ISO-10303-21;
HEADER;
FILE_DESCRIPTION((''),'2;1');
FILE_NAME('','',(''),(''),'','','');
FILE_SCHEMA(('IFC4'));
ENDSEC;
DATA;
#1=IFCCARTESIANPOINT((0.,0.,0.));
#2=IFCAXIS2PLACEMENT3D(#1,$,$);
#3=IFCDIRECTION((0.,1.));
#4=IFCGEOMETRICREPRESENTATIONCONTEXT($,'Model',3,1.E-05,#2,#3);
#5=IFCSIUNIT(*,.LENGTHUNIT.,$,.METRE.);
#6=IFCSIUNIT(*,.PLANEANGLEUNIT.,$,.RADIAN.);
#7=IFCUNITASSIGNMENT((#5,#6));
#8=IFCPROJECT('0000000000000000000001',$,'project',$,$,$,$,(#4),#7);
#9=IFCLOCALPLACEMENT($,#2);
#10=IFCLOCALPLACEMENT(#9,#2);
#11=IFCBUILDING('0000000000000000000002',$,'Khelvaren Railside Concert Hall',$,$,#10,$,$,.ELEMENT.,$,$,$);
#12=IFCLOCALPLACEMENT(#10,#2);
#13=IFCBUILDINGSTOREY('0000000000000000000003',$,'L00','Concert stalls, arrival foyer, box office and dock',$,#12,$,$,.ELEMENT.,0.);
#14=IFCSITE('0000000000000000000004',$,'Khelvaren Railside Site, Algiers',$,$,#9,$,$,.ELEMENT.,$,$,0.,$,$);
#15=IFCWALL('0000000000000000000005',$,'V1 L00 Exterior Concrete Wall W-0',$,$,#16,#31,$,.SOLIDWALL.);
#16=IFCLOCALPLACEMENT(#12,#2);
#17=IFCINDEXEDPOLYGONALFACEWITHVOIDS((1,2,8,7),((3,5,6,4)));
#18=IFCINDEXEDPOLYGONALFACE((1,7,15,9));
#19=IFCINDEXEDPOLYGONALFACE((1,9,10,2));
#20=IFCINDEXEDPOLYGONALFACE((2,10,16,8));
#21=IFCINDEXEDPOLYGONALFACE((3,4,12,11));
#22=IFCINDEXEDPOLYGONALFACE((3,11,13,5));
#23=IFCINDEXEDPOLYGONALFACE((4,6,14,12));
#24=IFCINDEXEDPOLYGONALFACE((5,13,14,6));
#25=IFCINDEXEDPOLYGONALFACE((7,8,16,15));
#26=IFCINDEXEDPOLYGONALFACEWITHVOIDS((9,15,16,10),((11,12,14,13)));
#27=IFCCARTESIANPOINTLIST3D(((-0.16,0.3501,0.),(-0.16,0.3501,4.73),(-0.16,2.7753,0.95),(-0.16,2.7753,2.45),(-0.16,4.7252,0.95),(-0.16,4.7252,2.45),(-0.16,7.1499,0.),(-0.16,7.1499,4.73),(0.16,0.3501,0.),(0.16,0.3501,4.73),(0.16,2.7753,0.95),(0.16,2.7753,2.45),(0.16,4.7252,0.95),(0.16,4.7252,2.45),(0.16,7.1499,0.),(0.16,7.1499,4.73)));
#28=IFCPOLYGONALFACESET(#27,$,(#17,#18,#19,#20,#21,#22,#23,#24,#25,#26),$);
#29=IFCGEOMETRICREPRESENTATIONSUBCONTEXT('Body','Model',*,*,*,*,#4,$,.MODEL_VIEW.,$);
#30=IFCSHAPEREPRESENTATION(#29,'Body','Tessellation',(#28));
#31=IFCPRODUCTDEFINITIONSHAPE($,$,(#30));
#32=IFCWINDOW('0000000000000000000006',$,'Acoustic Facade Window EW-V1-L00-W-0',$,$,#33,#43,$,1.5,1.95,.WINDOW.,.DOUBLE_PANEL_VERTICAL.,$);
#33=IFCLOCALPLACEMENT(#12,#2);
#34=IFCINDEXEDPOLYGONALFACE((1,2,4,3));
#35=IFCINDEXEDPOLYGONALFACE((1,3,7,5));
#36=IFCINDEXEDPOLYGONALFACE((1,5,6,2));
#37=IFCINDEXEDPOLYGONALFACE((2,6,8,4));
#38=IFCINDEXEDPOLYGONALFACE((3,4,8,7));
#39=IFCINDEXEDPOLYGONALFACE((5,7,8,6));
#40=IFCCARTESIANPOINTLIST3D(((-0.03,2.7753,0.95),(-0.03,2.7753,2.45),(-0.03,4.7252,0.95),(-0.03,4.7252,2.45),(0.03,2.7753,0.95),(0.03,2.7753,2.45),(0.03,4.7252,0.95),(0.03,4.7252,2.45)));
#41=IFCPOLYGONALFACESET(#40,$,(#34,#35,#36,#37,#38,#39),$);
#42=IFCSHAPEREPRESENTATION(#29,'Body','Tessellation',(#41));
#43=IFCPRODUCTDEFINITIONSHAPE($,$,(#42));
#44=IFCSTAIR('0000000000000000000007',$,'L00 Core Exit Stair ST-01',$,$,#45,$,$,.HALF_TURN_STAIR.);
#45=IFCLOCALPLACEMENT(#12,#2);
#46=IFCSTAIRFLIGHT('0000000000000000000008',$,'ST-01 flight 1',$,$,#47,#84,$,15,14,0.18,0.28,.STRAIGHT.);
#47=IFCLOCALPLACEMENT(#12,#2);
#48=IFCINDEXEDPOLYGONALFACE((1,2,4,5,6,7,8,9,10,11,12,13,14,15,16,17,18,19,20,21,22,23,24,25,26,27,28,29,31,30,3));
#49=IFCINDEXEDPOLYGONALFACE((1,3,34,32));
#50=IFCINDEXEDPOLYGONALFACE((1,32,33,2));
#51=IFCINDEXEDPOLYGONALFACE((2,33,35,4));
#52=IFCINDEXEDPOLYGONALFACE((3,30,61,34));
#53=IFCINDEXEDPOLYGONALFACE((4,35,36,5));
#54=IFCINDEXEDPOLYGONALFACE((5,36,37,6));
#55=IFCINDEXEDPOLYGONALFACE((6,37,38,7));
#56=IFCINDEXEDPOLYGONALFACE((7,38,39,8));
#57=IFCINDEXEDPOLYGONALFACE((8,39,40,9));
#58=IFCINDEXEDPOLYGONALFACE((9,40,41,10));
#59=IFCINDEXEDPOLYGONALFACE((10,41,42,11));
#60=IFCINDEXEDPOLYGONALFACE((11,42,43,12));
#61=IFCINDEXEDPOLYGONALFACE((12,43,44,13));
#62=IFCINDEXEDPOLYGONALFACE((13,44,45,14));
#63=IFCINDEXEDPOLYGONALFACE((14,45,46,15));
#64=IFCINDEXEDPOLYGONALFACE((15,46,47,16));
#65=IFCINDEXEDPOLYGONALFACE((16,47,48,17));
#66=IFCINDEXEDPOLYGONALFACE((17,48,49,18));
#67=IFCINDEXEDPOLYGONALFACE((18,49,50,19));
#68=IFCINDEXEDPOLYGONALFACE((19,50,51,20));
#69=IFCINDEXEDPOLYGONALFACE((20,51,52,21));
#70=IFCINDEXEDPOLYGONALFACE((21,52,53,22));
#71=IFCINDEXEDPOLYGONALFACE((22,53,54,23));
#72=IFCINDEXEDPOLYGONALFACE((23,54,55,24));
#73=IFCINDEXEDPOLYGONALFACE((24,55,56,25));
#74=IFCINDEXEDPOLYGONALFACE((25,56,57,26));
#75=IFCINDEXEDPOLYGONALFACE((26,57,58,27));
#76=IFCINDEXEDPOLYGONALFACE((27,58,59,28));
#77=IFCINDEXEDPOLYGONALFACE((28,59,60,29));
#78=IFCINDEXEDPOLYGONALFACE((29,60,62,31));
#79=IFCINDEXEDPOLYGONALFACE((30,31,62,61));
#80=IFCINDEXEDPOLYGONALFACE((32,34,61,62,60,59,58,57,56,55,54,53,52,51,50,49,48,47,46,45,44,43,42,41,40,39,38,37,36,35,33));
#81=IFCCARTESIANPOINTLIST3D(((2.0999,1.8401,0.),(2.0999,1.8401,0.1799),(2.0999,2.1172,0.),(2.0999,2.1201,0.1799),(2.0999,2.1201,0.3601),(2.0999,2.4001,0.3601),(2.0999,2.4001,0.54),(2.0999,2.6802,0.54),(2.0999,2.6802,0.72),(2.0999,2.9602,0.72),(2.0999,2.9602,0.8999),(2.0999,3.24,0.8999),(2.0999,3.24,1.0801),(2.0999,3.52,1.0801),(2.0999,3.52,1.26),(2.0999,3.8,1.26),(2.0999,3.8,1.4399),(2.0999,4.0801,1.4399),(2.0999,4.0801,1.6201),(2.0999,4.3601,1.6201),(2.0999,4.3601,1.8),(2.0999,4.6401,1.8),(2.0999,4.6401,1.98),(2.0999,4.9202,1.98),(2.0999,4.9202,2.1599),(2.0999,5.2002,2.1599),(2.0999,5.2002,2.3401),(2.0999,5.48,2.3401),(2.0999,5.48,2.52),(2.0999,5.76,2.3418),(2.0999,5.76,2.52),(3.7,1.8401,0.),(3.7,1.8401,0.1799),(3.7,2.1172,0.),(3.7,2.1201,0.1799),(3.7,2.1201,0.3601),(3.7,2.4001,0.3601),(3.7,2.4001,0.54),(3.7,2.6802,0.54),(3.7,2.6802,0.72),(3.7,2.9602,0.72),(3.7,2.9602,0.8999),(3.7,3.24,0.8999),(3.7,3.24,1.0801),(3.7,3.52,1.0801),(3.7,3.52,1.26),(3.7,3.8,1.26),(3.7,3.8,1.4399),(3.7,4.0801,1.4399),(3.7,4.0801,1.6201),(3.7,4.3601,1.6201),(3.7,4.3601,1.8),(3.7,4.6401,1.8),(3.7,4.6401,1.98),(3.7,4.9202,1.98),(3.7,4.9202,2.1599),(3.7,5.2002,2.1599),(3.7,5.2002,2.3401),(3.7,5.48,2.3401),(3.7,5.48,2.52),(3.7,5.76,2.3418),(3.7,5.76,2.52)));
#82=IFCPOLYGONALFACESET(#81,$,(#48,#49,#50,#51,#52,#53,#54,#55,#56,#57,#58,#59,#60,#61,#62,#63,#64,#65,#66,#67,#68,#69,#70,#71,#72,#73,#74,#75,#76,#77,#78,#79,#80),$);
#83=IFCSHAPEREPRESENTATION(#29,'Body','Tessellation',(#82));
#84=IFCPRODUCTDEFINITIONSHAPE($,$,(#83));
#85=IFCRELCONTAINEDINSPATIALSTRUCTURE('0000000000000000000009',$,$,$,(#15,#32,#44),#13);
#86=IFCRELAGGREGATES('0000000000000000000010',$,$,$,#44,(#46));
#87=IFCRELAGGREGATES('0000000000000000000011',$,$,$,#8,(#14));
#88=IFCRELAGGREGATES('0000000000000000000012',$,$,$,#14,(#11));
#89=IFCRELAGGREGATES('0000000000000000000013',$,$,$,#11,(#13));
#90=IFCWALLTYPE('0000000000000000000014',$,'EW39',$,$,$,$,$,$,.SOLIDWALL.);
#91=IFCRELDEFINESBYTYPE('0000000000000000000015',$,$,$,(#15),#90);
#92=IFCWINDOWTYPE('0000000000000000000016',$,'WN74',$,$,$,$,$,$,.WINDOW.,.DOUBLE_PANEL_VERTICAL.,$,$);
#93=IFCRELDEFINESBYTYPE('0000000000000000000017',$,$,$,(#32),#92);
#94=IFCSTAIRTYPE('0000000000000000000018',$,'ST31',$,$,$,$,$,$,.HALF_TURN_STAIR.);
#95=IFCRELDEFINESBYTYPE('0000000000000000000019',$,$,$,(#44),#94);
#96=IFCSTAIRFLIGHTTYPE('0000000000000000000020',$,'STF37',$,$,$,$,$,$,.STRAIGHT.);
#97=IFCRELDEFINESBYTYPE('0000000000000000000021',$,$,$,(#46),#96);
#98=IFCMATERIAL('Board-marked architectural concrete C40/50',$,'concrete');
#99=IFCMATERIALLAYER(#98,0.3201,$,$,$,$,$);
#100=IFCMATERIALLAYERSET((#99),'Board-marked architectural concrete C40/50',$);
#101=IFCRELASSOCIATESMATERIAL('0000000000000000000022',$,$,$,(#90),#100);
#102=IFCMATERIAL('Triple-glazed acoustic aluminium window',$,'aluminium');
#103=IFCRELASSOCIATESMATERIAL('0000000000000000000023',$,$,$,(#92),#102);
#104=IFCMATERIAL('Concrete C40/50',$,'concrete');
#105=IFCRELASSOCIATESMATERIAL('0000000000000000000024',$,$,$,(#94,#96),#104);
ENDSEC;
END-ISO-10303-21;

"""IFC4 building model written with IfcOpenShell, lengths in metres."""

from ifc_helpers import new_model, si_unit, direction, frame, frame_2d, origin, place, context, subcontext, project, spatial, polyline, rectangle, outline, extrude, material, layer, layer_set, type_object, element, fill, aggregate, save


model = new_model("IFC4")

# Units and contexts
model_context = context("Model", 3, precision=1e-05, world=origin(), true_north=direction((0.0, 1.0)))
body_context = subcontext(model_context, "Body", "Model", "MODEL_VIEW")
ifc_project = project(units=[si_unit("LENGTHUNIT", "METRE"), si_unit("PLANEANGLEUNIT", "RADIAN")], contexts=[model_context])

# Site, building, storey
site_placement = place(None, origin())
site = spatial("IfcSite", under=ifc_project, at=site_placement, Name="Khelvaren Railside Site, Algiers", CompositionType="ELEMENT", RefElevation=0.0)
building_placement = place(site_placement, origin())
building = spatial("IfcBuilding", under=site, at=building_placement, Name="Khelvaren Railside Concert Hall", CompositionType="ELEMENT")
storey_placement = place(building_placement, origin())
storey = spatial("IfcBuildingStorey", under=building, at=storey_placement, Name="L00", Description="Concert stalls, arrival foyer, box office and dock", CompositionType="ELEMENT", Elevation=0.0)

# Shared definitions
ifc_material_1 = material(Name="Concrete C40/50", Category="concrete")

# Shared definitions
ifc_material_2 = material(Name="Board-marked architectural concrete C40/50", Category="concrete")
ifc_layer_1 = layer(ifc_material_2, 0.3201)
ifc_layer_set_1 = layer_set([ifc_layer_1], Name="Board-marked architectural concrete C40/50")
wall_type_1 = type_object("IfcWallType", Name="EW39", PredefinedType="SOLIDWALL", material=ifc_layer_set_1)

# Wall, opening, window
wall_1_placement = place(storey_placement, frame((0.0, 0.3501, 0.0), z_axis=(0.0, 0.0, 1.0), x_axis=(0.0, 1.0, 0.0)))
wall_1 = element("IfcWall", 1, at=wall_1_placement, inside=storey, type_object=wall_type_1, Name="V1 L00 Exterior Concrete Wall W-0", PredefinedType="SOLIDWALL", context=body_context, shape_type="SweptSolid", body=[
    extrude(rectangle(XDim=6.7998, YDim=0.3201, at=frame_2d((3.3999, 0.0))), origin(), (0.0, 0.0, 1.0), 4.73),
])
opening_1_placement = place(wall_1_placement, frame((2.425, 0.0, 0.95)))
opening_1 = element("IfcOpeningElement", 2, at=opening_1_placement, cuts=wall_1, PredefinedType="OPENING", context=body_context, shape_type="SweptSolid", body=[
    extrude(rectangle(XDim=1.95, YDim=1.5, at=frame_2d((0.9751, 0.75))), frame((0.0, 0.1699, 0.0), z_axis=(0.0, -1.0, 0.0), x_axis=(1.0, 0.0, 0.0)), (0.0, 0.0, 1.0), 0.3401),
])
ifc_material_3 = material(Name="Triple-glazed acoustic aluminium window", Category="aluminium")
window_type = type_object("IfcWindowType", Name="WN74", PartitioningType="DOUBLE_PANEL_VERTICAL", PredefinedType="WINDOW", material=ifc_material_3)
window_placement = place(opening_1_placement, origin())
window = element("IfcWindow", 3, at=window_placement, inside=storey, type_object=window_type, Name="Acoustic Facade Window EW-V1-L00-W-0", OverallHeight=1.5, OverallWidth=1.95, PartitioningType="DOUBLE_PANEL_VERTICAL", PredefinedType="WINDOW", context=body_context, shape_type="SweptSolid", body=[
    extrude(rectangle(XDim=1.95, YDim=1.5, at=frame_2d((0.9751, 0.75))), frame((0.0, 0.03, 0.0), z_axis=(0.0, -1.0, 0.0), x_axis=(1.0, 0.0, 0.0)), (0.0, 0.0, 1.0), 0.0601),
])
fill(opening_1, window)

# Stair, stair flight
stair_type = type_object("IfcStairType", Name="ST31", PredefinedType="HALF_TURN_STAIR", material=ifc_material_1)
stair_placement = place(storey_placement, origin())
stair = element("IfcStair", 4, at=stair_placement, inside=storey, type_object=stair_type, Name="L00 Core Exit Stair ST-01", PredefinedType="HALF_TURN_STAIR")
stair_flight_type = type_object("IfcStairFlightType", Name="STF37", PredefinedType="STRAIGHT", material=ifc_material_1)
stair_flight_placement = place(storey_placement, frame((2.8999, 1.8401, 0.0), z_axis=(0.0, 0.0, 1.0), x_axis=(0.0, 1.0, 0.0)))
stair_flight = element("IfcStairFlight", 5, at=stair_flight_placement, type_object=stair_flight_type, Name="ST-01 flight 1", NumberOfRisers=15, NumberOfTreads=14, PredefinedType="STRAIGHT", RiserHeight=0.18, TreadLength=0.28, context=body_context, shape_type="SweptSolid", body=[
    extrude(outline(polyline([(0.0, 0.0), (0.0, 0.1799), (0.28, 0.1799), (0.28, 0.3601), (0.5601, 0.3601), (0.5601, 0.54), (0.8401, 0.54), (0.8401, 0.72), (1.1201, 0.72), (1.1201, 0.8999), (1.3999, 0.8999), (1.3999, 1.0801), (1.6799, 1.0801), (1.6799, 1.26), (1.96, 1.26), (1.96, 1.4399), (2.24, 1.4399), (2.24, 1.6201), (2.52, 1.6201), (2.52, 1.8), (2.8, 1.8), (2.8, 1.98), (3.0801, 1.98), (3.0801, 2.1599), (3.3601, 2.1599), (3.3601, 2.3401), (3.6399, 2.3401), (3.6399, 2.52), (3.9199, 2.52), (3.9199, 2.7), (3.9199, 2.3418), (0.2771, 0.0), (0.0, 0.0)])), frame((0.0, 0.8, 0.0), z_axis=(0.0, -1.0, 0.0), x_axis=(1.0, 0.0, 0.0)), (0.0, 0.0, 1.0), 1.6001),
])
aggregate(stair, [stair_flight])

save(model, "model.ifc")
